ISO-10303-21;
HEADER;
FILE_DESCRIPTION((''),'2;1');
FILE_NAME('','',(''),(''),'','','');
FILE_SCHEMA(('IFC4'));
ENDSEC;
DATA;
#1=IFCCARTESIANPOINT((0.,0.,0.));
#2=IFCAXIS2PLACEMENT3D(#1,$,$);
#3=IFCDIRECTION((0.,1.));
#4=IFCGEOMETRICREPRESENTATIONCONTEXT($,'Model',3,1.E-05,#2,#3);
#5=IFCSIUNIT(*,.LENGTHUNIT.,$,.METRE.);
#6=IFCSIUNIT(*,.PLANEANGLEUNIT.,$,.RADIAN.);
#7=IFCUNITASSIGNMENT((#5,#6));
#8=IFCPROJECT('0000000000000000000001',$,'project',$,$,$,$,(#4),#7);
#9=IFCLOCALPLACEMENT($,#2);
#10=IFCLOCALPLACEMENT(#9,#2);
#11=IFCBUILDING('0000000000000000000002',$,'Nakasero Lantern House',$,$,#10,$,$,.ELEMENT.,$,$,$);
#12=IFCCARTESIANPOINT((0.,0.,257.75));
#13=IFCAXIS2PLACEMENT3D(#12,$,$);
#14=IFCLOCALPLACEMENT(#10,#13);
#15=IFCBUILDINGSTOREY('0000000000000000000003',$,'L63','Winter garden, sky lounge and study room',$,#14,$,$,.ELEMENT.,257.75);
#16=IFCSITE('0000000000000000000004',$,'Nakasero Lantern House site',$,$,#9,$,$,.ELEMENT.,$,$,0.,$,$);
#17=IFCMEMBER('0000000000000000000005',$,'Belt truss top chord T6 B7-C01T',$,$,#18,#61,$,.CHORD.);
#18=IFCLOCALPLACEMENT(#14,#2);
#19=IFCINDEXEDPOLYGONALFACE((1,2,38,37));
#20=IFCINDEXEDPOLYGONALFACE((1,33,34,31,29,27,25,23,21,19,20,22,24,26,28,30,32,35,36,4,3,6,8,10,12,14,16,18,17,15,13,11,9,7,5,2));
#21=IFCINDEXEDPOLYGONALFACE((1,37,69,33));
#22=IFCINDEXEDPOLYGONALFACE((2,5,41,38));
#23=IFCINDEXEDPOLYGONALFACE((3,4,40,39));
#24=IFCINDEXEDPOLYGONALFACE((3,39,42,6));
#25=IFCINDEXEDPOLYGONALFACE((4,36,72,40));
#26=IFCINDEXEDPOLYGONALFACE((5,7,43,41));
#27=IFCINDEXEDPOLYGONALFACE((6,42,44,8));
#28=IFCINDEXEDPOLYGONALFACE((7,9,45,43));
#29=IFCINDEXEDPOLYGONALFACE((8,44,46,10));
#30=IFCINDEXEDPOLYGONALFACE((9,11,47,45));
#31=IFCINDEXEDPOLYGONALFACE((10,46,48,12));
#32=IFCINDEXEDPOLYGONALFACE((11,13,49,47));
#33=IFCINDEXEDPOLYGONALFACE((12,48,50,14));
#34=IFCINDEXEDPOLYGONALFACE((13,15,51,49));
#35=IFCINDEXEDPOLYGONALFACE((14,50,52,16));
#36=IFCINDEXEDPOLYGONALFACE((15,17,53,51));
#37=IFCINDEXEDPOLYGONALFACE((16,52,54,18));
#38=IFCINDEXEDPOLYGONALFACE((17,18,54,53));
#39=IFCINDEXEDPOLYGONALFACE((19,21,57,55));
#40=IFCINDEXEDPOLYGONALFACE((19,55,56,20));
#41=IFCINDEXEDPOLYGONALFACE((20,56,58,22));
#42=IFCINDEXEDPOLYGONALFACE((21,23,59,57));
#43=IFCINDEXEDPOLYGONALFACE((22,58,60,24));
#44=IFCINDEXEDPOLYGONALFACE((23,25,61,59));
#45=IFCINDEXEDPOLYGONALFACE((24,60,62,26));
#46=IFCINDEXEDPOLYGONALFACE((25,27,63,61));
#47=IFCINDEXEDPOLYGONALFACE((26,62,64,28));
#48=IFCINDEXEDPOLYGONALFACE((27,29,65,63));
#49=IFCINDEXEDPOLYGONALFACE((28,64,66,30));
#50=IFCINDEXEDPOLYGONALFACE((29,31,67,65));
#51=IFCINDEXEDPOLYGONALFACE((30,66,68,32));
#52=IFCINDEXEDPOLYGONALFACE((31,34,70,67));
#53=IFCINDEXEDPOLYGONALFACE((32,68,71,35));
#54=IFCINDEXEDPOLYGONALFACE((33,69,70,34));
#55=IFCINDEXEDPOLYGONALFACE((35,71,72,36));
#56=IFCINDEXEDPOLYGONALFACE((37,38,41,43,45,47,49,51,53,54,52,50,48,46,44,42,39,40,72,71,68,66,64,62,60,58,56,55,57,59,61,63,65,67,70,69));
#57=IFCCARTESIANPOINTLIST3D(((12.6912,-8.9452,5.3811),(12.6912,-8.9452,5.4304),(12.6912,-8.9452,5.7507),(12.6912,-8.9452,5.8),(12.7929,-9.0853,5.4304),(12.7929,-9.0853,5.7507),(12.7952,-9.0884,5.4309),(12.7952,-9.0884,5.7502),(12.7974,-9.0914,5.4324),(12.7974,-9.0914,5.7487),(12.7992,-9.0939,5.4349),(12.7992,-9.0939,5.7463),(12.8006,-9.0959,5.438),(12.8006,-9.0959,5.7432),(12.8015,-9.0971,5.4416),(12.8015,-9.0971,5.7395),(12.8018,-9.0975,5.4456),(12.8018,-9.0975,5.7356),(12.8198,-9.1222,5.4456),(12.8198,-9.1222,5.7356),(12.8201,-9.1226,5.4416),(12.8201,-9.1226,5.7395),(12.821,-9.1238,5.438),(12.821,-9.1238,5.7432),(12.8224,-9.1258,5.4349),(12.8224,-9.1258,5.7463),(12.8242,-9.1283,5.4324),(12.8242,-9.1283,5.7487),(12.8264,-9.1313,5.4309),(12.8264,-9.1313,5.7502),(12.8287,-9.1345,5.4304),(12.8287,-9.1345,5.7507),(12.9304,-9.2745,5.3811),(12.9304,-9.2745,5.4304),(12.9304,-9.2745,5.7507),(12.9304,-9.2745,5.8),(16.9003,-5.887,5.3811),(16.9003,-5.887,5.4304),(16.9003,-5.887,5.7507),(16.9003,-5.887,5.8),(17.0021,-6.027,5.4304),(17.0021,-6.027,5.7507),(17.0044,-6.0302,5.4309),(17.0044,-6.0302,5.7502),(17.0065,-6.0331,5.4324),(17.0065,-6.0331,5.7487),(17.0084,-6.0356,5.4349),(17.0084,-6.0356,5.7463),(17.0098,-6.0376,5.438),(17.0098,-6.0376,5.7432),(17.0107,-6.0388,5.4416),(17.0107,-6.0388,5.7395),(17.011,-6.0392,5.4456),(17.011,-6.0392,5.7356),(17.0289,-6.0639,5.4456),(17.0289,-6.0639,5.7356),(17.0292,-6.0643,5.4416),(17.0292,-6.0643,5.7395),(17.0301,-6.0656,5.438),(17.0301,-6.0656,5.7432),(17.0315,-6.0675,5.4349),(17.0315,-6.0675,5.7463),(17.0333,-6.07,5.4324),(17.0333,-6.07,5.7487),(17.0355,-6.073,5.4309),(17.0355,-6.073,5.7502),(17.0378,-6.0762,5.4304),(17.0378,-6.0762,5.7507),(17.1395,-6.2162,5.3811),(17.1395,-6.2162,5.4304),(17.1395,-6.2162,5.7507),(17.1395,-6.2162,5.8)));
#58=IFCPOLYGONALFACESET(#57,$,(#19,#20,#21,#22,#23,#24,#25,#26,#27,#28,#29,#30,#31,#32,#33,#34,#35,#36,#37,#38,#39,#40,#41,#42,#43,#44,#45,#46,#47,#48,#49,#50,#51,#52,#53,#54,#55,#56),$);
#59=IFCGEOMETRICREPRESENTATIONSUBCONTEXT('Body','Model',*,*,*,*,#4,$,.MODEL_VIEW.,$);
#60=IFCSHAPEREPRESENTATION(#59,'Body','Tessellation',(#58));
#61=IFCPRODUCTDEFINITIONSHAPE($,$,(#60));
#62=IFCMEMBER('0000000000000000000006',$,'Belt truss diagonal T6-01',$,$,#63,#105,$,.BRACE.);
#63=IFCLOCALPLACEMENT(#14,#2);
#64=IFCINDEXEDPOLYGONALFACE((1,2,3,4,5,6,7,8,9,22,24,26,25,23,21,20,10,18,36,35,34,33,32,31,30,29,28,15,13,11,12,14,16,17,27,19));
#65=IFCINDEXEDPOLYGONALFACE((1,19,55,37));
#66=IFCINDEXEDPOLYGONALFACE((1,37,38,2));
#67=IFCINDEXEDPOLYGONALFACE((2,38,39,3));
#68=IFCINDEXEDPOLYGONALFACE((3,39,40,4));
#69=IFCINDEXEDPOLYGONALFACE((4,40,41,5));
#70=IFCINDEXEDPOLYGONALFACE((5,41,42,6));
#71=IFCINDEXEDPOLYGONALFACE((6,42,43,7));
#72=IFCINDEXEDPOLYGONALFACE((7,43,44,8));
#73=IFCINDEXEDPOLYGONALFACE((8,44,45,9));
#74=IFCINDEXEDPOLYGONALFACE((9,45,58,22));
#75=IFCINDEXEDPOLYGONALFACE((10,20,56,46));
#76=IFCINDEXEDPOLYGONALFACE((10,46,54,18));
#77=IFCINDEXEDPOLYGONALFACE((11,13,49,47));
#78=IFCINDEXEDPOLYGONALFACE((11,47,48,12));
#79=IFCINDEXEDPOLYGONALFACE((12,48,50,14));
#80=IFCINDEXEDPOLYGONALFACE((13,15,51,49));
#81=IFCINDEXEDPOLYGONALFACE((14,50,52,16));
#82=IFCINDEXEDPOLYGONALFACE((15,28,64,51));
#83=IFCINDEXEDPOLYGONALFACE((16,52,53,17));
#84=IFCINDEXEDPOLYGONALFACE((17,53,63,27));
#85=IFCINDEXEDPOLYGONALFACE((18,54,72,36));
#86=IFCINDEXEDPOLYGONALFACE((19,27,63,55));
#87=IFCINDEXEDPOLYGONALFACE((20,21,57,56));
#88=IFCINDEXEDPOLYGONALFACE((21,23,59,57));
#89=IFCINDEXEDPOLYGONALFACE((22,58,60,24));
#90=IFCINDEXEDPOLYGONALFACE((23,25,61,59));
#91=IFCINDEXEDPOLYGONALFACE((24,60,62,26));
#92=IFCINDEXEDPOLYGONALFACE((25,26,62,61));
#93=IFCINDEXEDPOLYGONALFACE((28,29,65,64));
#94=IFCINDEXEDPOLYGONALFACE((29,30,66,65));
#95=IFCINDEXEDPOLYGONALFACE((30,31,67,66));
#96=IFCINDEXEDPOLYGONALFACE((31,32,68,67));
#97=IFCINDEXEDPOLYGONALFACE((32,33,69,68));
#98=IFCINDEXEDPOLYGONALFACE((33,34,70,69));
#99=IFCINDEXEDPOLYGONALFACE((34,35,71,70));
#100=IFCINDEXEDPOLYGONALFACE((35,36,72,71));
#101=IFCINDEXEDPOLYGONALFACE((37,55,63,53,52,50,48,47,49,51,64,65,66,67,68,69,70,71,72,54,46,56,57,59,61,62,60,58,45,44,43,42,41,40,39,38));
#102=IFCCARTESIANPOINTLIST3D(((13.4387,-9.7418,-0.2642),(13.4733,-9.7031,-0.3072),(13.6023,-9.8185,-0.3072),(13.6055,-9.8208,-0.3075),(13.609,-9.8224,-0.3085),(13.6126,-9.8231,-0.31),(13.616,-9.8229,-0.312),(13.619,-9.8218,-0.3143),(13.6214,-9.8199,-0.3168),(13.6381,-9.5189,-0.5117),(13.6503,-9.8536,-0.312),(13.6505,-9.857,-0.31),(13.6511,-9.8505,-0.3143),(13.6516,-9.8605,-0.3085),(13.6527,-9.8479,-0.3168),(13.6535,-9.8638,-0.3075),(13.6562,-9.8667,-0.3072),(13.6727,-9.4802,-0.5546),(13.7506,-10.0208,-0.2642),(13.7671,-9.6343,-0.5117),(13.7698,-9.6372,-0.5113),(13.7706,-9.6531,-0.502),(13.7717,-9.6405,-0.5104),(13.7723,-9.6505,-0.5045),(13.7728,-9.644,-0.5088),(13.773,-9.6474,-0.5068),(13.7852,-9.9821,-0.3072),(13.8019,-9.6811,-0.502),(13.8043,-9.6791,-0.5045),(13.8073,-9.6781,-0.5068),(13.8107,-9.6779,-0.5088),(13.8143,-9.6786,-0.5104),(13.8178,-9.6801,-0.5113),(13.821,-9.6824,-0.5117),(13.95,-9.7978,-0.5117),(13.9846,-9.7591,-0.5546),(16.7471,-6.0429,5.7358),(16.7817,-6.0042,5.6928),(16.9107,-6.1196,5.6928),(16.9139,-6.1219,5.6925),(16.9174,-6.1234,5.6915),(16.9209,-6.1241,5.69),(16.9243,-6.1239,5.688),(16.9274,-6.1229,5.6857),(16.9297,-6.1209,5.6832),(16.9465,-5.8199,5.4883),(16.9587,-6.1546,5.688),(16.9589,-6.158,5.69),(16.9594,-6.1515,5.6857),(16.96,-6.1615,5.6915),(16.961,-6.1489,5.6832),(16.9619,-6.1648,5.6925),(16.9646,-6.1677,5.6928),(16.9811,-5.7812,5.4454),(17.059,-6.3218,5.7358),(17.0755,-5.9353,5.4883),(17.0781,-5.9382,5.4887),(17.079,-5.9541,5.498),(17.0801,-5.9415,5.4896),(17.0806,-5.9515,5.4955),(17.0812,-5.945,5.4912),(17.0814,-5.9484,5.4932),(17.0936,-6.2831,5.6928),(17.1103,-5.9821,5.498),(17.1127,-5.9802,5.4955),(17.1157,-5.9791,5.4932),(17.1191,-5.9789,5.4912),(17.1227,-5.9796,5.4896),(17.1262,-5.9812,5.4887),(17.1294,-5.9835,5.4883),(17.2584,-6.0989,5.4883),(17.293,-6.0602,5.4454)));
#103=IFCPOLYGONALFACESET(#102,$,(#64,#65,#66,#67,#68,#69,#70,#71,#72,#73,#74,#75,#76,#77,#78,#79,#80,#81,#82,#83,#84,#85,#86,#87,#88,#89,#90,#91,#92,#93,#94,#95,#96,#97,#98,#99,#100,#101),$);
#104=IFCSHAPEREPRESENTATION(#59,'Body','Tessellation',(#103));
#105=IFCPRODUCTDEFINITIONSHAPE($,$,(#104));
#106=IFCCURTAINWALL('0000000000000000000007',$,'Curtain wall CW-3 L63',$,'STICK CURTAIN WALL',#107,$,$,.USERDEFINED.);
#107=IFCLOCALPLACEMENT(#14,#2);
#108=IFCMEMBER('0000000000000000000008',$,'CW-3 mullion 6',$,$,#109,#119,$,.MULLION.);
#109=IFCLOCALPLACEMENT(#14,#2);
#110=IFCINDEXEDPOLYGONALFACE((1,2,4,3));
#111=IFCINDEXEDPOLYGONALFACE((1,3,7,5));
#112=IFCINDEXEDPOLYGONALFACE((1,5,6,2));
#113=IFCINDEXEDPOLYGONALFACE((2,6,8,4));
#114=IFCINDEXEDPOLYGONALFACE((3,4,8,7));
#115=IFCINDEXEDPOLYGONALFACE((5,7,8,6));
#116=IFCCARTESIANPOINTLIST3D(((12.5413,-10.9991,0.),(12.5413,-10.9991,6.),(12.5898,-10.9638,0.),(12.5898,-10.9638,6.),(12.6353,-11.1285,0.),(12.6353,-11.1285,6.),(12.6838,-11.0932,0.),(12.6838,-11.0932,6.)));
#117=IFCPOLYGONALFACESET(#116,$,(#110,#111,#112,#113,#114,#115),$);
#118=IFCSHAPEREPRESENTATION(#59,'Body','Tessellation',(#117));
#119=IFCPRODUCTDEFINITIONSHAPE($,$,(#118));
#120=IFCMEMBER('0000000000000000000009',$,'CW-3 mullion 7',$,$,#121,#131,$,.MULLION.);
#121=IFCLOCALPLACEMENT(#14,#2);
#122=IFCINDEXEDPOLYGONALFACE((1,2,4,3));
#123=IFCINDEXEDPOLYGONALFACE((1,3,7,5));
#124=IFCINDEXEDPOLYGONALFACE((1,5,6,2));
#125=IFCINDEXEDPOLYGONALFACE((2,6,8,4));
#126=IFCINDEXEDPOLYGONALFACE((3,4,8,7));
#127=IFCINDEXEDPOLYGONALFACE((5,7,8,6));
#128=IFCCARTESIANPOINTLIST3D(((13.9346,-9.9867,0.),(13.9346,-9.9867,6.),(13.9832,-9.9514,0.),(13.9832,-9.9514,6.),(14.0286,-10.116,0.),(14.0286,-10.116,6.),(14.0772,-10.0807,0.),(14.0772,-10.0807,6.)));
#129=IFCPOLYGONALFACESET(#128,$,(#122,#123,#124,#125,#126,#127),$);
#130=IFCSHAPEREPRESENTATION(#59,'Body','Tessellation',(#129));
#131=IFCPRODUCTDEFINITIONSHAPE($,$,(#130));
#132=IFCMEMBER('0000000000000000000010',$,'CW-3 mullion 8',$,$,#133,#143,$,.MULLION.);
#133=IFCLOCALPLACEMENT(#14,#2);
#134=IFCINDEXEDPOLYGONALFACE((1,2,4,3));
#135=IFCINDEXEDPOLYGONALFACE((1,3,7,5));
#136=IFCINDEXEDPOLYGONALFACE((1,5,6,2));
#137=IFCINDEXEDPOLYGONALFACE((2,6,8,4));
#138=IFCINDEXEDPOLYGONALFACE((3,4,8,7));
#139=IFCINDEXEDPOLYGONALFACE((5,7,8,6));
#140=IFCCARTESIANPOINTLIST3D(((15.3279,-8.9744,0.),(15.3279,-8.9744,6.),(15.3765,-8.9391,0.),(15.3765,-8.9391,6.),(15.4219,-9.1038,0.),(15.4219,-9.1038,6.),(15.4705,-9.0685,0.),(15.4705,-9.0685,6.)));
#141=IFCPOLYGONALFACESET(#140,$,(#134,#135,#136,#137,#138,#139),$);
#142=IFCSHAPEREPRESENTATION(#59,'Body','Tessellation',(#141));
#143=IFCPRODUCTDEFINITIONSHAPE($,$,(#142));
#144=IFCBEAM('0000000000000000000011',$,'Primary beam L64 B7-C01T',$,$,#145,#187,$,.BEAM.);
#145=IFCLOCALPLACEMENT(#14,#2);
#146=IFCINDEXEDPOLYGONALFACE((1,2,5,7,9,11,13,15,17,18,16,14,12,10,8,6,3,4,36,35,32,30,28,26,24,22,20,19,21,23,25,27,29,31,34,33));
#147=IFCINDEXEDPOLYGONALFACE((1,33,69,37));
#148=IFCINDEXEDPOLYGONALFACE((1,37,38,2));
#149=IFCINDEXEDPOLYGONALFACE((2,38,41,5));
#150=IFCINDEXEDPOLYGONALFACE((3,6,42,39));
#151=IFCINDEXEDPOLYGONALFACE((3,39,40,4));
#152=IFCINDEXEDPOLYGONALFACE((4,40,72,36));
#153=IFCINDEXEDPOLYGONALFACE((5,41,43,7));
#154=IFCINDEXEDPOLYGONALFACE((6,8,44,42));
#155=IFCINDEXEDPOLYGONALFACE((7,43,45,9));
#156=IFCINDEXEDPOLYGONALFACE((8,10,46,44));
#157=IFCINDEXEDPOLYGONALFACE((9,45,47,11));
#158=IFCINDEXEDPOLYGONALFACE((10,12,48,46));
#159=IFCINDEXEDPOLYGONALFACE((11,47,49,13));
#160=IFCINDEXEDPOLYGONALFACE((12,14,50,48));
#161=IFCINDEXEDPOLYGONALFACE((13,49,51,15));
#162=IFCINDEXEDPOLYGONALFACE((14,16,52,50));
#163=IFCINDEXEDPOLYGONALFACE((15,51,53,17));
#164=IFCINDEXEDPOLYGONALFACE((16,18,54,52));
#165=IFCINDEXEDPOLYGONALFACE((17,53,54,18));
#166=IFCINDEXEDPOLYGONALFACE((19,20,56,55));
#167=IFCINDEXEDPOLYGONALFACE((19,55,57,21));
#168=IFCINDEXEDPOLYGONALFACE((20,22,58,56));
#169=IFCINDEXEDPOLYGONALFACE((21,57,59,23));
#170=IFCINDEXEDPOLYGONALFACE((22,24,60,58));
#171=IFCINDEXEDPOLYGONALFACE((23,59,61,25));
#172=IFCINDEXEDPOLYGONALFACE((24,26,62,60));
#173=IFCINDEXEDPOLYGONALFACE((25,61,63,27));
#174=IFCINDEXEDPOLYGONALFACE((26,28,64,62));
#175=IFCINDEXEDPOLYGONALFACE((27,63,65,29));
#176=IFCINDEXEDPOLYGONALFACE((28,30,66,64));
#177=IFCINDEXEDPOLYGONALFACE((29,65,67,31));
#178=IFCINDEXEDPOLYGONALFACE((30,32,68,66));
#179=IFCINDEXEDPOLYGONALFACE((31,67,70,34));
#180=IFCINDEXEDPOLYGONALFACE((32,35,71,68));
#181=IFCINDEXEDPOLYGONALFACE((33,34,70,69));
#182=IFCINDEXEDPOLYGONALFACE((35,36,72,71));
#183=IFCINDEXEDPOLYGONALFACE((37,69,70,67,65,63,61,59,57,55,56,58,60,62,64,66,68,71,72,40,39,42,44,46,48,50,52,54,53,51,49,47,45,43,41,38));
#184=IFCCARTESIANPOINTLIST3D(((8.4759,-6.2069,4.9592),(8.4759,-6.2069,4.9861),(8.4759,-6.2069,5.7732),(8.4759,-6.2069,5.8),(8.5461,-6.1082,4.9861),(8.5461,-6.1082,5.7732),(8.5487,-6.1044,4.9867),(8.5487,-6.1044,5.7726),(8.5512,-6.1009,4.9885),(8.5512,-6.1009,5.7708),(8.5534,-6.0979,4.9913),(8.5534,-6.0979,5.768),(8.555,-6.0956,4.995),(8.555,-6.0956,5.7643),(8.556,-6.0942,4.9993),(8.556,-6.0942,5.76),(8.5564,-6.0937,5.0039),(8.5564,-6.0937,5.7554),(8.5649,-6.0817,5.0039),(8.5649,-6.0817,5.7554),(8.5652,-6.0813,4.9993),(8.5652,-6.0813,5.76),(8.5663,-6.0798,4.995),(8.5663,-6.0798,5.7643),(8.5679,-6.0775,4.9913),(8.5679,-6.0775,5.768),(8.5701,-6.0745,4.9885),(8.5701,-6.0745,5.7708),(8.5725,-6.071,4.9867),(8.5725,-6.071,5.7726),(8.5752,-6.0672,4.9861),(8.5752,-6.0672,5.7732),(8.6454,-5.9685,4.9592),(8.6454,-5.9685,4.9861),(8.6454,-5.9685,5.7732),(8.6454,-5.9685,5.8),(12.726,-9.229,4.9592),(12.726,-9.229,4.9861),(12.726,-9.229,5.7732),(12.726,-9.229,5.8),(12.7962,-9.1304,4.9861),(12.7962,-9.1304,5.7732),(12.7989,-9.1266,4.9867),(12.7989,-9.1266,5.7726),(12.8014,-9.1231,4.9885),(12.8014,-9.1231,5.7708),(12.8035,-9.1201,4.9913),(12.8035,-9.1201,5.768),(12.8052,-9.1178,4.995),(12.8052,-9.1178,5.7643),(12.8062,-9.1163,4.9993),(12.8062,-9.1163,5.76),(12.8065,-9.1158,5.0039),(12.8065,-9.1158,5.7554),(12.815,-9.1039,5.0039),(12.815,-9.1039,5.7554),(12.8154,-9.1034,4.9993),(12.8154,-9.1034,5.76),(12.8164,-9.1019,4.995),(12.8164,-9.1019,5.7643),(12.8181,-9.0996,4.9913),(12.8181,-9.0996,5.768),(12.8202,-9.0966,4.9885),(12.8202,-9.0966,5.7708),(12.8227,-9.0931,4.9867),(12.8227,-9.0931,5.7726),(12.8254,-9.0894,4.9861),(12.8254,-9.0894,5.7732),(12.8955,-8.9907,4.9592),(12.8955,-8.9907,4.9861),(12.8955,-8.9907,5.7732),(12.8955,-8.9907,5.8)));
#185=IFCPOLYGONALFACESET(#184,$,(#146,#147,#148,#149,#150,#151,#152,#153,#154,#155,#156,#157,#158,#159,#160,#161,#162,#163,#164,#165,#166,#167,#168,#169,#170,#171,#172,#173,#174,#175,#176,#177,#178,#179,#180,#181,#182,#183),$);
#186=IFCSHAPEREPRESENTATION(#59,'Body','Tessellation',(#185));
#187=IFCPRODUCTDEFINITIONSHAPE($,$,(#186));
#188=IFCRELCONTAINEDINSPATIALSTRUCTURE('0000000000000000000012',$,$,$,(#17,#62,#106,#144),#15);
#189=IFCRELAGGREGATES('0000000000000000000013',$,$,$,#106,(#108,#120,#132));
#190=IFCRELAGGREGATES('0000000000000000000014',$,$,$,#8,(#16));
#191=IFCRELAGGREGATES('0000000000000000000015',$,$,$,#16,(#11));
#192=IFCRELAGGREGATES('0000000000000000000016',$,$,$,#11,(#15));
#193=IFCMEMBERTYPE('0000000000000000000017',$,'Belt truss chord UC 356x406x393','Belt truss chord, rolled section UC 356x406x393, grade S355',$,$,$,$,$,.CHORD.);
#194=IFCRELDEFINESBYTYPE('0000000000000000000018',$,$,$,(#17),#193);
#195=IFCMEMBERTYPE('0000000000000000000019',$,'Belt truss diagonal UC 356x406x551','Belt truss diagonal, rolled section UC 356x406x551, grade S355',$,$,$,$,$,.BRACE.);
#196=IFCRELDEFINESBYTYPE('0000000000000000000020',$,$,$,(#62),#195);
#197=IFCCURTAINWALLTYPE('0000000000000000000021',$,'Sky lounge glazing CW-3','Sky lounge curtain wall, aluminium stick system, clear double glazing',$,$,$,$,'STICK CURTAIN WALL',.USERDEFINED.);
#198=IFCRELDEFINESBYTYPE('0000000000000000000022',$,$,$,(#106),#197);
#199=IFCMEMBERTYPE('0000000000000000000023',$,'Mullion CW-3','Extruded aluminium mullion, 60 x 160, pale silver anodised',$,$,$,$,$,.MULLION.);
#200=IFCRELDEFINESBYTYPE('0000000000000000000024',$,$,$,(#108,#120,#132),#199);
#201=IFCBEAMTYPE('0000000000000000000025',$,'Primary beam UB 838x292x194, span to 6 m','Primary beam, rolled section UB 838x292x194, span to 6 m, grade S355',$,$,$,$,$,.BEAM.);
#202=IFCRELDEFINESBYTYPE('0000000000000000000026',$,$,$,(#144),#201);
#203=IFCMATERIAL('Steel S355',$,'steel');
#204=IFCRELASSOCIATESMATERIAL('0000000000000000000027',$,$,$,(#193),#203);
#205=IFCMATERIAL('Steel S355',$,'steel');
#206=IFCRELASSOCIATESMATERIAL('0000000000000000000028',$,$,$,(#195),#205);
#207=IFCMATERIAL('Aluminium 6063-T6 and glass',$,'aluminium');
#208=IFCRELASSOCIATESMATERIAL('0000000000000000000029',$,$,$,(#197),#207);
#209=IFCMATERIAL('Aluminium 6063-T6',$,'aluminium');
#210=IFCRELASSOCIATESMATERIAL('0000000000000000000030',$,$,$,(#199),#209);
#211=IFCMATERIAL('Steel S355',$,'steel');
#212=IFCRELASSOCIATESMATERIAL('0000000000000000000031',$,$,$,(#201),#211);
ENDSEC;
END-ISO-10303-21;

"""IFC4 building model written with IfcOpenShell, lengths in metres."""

from ifc_helpers import new_model, si_unit, direction, frame, origin, origin_2d, place, context, subcontext, project, spatial, rectangle, i_section, extrude, material, material_profile, profile_set, type_object, element, aggregate, save


model = new_model("IFC4")

# Units and contexts
model_context = context("Model", 3, precision=1e-05, world=origin(), true_north=direction((0.0, 1.0)))
body_context = subcontext(model_context, "Body", "Model", "MODEL_VIEW")
ifc_project = project(units=[si_unit("LENGTHUNIT", "METRE"), si_unit("PLANEANGLEUNIT", "RADIAN")], contexts=[model_context])

# Site, building, storey
site_placement = place(None, origin())
site = spatial("IfcSite", under=ifc_project, at=site_placement, Name="Nakasero Lantern House site", CompositionType="ELEMENT", RefElevation=0.0)
building_placement = place(site_placement, origin())
building = spatial("IfcBuilding", under=site, at=building_placement, Name="Nakasero Lantern House", CompositionType="ELEMENT")
storey_placement = place(building_placement, frame((0.0, 0.0, 257.75)))
storey = spatial("IfcBuildingStorey", under=building, at=storey_placement, Name="L63", Description="Winter garden, sky lounge and study room", CompositionType="ELEMENT", Elevation=257.75)

# Members
ifc_material_1 = material(Name="Steel S355", Category="steel")
ifc_material_profile_1 = material_profile(ifc_material_1, i_section(OverallWidth=0.407, OverallDepth=0.4189, WebThickness=0.0305, FlangeThickness=0.0493, FilletRadius=0.0151, at=origin_2d()), Name="UC 356x406x393")
ifc_profile_set_1 = profile_set([ifc_material_profile_1], Name="Steel S355")
member_type_1 = type_object("IfcMemberType", Name="Belt truss chord UC 356x406x393", Description="Belt truss chord, rolled section UC 356x406x393, grade S355", PredefinedType="CHORD", material=ifc_profile_set_1)
member_1_placement = place(storey_placement, frame((12.8108, -9.1099, 5.5906), z_axis=(0.809002, 0.587806, 0.0), x_axis=(-0.587806, 0.809002, 0.0)))
element("IfcMember", 1, at=member_1_placement, inside=storey, type_object=member_type_1, Name="Belt truss top chord T6 B7-C01T", PredefinedType="CHORD", context=body_context, shape_type="SweptSolid", body=[
    extrude(i_section(OverallWidth=0.407, OverallDepth=0.4189, WebThickness=0.0305, FlangeThickness=0.0493, FilletRadius=0.0151, at=origin_2d()), origin(), (0.0, 0.0, 1.0), 5.2029),
])
ifc_material_2 = material(Name="Steel S355", Category="steel")
ifc_material_profile_2 = material_profile(ifc_material_2, i_section(OverallWidth=0.4185, OverallDepth=0.4556, WebThickness=0.042, FlangeThickness=0.0674, FilletRadius=0.0151, at=origin_2d()), Name="UC 356x406x551")
ifc_profile_set_2 = profile_set([ifc_material_profile_2], Name="Steel S355")
member_type_2 = type_object("IfcMemberType", Name="Belt truss diagonal UC 356x406x551", Description="Belt truss diagonal, rolled section UC 356x406x551, grade S355", PredefinedType="BRACE", material=ifc_profile_set_2)
member_2_placement = place(storey_placement, frame((13.7117, -9.7505, -0.4094), z_axis=(0.42489, 0.475058, 0.770577), x_axis=(-0.745367, 0.666654, 0.0)))
element("IfcMember", 2, at=member_2_placement, inside=storey, type_object=member_type_2, Name="Belt truss diagonal T6-01", PredefinedType="BRACE", context=body_context, shape_type="SweptSolid", body=[
    extrude(i_section(OverallWidth=0.4185, OverallDepth=0.4556, WebThickness=0.042, FlangeThickness=0.0674, FilletRadius=0.0151, at=origin_2d()), origin(), (0.0, 0.0, 1.0), 7.7864),
])

# Curtain wall, members
ifc_material_3 = material(Name="Aluminium 6063-T6 and glass", Category="aluminium")
curtain_wall_type = type_object("IfcCurtainWallType", Name="Sky lounge glazing CW-3", Description="Sky lounge curtain wall, aluminium stick system, clear double glazing", ElementType="STICK CURTAIN WALL", PredefinedType="USERDEFINED", material=ifc_material_3)
curtain_wall_placement = place(storey_placement, origin())
curtain_wall = element("IfcCurtainWall", 3, at=curtain_wall_placement, inside=storey, type_object=curtain_wall_type, Name="Curtain wall CW-3 L63", ObjectType="STICK CURTAIN WALL", PredefinedType="USERDEFINED")
ifc_material_4 = material(Name="Aluminium 6063-T6", Category="aluminium")
ifc_material_profile_3 = material_profile(ifc_material_4, rectangle(XDim=0.0601, YDim=0.1599, at=origin_2d()), Name="CW-3 mullion 60x160")
ifc_profile_set_3 = profile_set([ifc_material_profile_3], Name="Aluminium 6063-T6")
member_type_3 = type_object("IfcMemberType", Name="Mullion CW-3", Description="Extruded aluminium mullion, 60 x 160, pale silver anodised", PredefinedType="MULLION", material=ifc_profile_set_3)
member_3_placement = place(storey_placement, frame((12.6125, -11.0461, 0.0), z_axis=(0.0, 0.0, 1.0), x_axis=(0.809017, 0.587785, 0.0)))
member_3 = element("IfcMember", 4, at=member_3_placement, type_object=member_type_3, Name="CW-3 mullion 6", PredefinedType="MULLION", context=body_context, shape_type="SweptSolid", body=[
    extrude(rectangle(XDim=0.0601, YDim=0.1599, at=origin_2d()), origin(), (0.0, 0.0, 1.0), 6.0),
])
member_4_placement = place(storey_placement, frame((14.0059, -10.0337, 0.0), z_axis=(0.0, 0.0, 1.0), x_axis=(0.809017, 0.587785, 0.0)))
member_4 = element("IfcMember", 5, at=member_4_placement, type_object=member_type_3, Name="CW-3 mullion 7", PredefinedType="MULLION", context=body_context, shape_type="SweptSolid", body=[
    extrude(rectangle(XDim=0.0601, YDim=0.1599, at=origin_2d()), origin(), (0.0, 0.0, 1.0), 6.0),
])
member_5_placement = place(storey_placement, frame((15.3992, -9.0215, 0.0), z_axis=(0.0, 0.0, 1.0), x_axis=(0.809017, 0.587785, 0.0)))
member_5 = element("IfcMember", 6, at=member_5_placement, type_object=member_type_3, Name="CW-3 mullion 8", PredefinedType="MULLION", context=body_context, shape_type="SweptSolid", body=[
    extrude(rectangle(XDim=0.0601, YDim=0.1599, at=origin_2d()), origin(), (0.0, 0.0, 1.0), 6.0),
])

# Beam
ifc_material_5 = material(Name="Steel S355", Category="steel")
ifc_material_profile_4 = material_profile(ifc_material_5, i_section(OverallWidth=0.2925, OverallDepth=0.8408, WebThickness=0.0146, FlangeThickness=0.0269, FilletRadius=0.0178, at=origin_2d()), Name="UB 838x292x194")
ifc_profile_set_4 = profile_set([ifc_material_profile_4], Name="Steel S355")
beam_type = type_object("IfcBeamType", Name="Primary beam UB 838x292x194, span to 6 m", Description="Primary beam, rolled section UB 838x292x194, span to 6 m, grade S355", PredefinedType="BEAM", material=ifc_profile_set_4)
beam_placement = place(storey_placement, frame((12.8108, -9.1099, 5.3796), z_axis=(-0.814972, 0.579501, 0.0), x_axis=(-0.579501, -0.814972, 0.0)))
element("IfcBeam", 7, at=beam_placement, inside=storey, type_object=beam_type, Name="Primary beam L64 B7-C01T", PredefinedType="BEAM", context=body_context, shape_type="SweptSolid", body=[
    extrude(i_section(OverallWidth=0.2925, OverallDepth=0.8408, WebThickness=0.0146, FlangeThickness=0.0269, FilletRadius=0.0178, at=origin_2d()), origin(), (0.0, 0.0, 1.0), 5.2151),
])

aggregate(curtain_wall, [member_3, member_4, member_5])

save(model, "model.ifc")
